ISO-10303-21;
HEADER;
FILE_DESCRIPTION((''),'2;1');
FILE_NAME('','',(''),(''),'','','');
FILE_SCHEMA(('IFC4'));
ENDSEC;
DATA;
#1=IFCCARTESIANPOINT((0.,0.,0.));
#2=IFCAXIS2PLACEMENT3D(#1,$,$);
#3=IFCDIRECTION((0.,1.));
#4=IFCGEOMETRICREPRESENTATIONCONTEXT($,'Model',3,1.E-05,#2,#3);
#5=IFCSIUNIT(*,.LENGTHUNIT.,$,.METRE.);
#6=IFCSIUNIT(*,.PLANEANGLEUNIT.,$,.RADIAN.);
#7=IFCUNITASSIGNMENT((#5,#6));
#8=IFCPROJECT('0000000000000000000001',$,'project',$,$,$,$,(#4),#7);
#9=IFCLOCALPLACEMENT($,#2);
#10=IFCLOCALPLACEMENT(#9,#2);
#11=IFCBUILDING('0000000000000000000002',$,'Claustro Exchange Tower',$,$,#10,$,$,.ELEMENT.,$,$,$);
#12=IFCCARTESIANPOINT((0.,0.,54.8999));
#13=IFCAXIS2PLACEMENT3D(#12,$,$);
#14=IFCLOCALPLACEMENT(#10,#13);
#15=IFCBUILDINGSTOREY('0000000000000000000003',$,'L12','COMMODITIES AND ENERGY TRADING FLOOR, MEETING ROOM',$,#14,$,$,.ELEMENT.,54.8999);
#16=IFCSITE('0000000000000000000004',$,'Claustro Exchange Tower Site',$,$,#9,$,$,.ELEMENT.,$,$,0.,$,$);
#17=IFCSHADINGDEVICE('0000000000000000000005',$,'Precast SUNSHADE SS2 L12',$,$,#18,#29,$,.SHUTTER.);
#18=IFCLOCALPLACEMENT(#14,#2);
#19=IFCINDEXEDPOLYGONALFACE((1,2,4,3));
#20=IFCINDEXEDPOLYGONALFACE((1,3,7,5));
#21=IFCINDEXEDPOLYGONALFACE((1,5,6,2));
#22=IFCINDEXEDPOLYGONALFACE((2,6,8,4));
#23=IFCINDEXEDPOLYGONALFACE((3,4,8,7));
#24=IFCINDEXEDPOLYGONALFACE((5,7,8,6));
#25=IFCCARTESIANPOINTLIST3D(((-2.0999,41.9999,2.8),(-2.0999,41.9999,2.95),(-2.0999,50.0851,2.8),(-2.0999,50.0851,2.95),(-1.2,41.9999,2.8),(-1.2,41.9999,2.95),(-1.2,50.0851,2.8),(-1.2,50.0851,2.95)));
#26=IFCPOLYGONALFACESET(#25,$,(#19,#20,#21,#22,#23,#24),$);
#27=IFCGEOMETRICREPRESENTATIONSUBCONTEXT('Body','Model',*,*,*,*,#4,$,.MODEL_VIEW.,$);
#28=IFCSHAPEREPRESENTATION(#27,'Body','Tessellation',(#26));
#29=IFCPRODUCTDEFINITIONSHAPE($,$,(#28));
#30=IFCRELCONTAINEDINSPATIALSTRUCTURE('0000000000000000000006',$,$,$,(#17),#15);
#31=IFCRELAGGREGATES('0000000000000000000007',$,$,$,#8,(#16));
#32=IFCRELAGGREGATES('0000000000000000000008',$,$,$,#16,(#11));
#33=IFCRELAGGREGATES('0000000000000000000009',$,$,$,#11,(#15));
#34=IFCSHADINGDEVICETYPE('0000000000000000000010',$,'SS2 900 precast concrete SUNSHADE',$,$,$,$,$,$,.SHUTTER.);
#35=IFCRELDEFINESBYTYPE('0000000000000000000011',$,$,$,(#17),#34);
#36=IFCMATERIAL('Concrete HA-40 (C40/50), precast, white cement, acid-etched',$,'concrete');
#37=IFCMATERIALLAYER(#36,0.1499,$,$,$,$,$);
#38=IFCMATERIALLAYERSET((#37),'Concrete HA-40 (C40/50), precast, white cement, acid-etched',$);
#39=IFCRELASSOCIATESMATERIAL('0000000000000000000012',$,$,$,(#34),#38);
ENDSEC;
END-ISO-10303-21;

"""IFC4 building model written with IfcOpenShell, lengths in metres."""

from ifc_helpers import new_model, si_unit, direction, frame, origin, origin_2d, place, context, subcontext, project, spatial, rectangle, extrude, material, layer, layer_set, type_object, element, save


model = new_model("IFC4")

# Units and contexts
model_context = context("Model", 3, precision=1e-05, world=origin(), true_north=direction((0.0, 1.0)))
body_context = subcontext(model_context, "Body", "Model", "MODEL_VIEW")
ifc_project = project(units=[si_unit("LENGTHUNIT", "METRE"), si_unit("PLANEANGLEUNIT", "RADIAN")], contexts=[model_context])

# Site, building, storey
site_placement = place(None, origin())
site = spatial("IfcSite", under=ifc_project, at=site_placement, Name="Claustro Exchange Tower Site", CompositionType="ELEMENT", RefElevation=0.0)
building_placement = place(site_placement, origin())
building = spatial("IfcBuilding", under=site, at=building_placement, Name="Claustro Exchange Tower", CompositionType="ELEMENT")
storey_placement = place(building_placement, frame((0.0, 0.0, 54.8999)))
storey = spatial("IfcBuildingStorey", under=building, at=storey_placement, Name="L12", Description="COMMODITIES AND ENERGY TRADING FLOOR, MEETING ROOM", CompositionType="ELEMENT", Elevation=54.8999)

# Shading device
ifc_material_1 = material(Name="Concrete HA-40 (C40/50), precast, white cement, acid-etched", Category="concrete")
ifc_layer_1 = layer(ifc_material_1, 0.1499)
ifc_layer_set_1 = layer_set([ifc_layer_1], Name="Concrete HA-40 (C40/50), precast, white cement, acid-etched")
shading_device_type = type_object("IfcShadingDeviceType", Name="SS2 900 precast concrete SUNSHADE", PredefinedType="SHUTTER", material=ifc_layer_set_1)
shading_device_1_placement = place(storey_placement, frame((-1.6499, 46.0425, 2.8), z_axis=(0.0, 0.0, 1.0), x_axis=(0.0, 1.0, 0.0)))
element("IfcShadingDevice", 1, at=shading_device_1_placement, inside=storey, type_object=shading_device_type, Name="Precast SUNSHADE SS2 L12", PredefinedType="SHUTTER", context=body_context, shape_type="SweptSolid", body=[
    extrude(rectangle(XDim=8.0852, YDim=0.8999, at=origin_2d()), origin(), (0.0, 0.0, 1.0), 0.1499),
])

save(model, "model.ifc")
